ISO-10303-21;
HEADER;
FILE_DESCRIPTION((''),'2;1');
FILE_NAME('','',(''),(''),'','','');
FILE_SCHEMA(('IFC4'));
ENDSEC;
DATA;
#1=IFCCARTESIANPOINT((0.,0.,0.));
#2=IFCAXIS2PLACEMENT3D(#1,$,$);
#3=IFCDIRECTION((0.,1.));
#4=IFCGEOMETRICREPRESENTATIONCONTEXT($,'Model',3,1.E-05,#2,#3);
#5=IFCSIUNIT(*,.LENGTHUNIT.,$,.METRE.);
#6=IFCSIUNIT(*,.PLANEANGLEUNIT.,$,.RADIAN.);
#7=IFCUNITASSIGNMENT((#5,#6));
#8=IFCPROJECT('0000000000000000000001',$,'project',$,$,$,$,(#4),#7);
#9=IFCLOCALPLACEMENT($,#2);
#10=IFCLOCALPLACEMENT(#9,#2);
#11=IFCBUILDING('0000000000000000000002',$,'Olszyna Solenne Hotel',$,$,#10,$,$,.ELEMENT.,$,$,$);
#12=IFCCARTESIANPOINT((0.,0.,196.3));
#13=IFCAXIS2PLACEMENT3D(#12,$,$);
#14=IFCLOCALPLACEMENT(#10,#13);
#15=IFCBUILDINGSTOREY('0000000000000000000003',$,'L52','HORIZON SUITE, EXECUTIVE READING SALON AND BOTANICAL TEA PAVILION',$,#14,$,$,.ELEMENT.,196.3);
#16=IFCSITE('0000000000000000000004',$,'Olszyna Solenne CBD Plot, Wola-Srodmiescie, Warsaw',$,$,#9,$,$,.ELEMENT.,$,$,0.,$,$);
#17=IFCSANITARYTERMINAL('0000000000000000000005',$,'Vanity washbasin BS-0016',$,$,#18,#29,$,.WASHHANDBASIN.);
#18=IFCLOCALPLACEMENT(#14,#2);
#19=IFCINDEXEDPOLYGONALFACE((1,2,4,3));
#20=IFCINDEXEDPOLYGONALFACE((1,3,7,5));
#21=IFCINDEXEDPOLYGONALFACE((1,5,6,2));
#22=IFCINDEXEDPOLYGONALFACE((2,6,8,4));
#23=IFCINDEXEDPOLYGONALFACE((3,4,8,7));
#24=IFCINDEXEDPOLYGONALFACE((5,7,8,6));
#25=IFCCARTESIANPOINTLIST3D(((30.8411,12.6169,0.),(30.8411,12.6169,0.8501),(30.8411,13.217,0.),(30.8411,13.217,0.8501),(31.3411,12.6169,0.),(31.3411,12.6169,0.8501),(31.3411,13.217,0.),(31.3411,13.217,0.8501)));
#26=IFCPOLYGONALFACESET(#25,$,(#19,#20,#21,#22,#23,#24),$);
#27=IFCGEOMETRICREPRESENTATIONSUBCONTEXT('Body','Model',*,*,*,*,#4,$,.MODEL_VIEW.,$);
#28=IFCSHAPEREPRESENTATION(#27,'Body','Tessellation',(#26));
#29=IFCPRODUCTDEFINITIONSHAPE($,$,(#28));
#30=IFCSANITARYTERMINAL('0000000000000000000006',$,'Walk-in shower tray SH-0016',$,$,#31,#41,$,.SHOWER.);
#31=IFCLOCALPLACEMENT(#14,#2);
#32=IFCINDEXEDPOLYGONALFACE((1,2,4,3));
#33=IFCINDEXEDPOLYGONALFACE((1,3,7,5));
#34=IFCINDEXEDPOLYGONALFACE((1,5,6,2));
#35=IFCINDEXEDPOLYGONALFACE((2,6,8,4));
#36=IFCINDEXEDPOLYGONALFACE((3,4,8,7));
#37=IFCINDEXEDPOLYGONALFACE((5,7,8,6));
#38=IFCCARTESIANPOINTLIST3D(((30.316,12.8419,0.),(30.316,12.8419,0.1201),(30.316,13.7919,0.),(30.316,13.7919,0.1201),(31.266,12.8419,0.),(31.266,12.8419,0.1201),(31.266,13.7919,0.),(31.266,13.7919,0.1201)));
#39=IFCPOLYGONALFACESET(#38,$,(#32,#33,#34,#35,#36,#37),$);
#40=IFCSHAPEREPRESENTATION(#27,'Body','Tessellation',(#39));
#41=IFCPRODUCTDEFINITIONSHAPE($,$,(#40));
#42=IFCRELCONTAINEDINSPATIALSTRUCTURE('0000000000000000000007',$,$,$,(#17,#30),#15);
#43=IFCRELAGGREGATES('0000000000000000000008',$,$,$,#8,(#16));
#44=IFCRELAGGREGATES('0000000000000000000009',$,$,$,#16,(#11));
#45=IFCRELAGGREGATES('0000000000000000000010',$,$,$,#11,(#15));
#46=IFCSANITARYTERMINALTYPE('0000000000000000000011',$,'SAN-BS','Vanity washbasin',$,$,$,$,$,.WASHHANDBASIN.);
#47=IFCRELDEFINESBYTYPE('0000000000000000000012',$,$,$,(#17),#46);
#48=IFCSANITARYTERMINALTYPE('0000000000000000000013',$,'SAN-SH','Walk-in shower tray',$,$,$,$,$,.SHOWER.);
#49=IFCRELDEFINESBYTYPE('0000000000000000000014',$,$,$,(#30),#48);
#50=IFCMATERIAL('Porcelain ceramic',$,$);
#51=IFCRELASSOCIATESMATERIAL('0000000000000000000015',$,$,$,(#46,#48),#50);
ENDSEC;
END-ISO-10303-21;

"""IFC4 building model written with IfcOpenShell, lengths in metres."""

from ifc_helpers import new_model, si_unit, direction, frame, origin, origin_2d, place, context, subcontext, project, spatial, rectangle, extrude, source, transform, mapped, material, type_object, element, save


model = new_model("IFC4")

# Units and contexts
model_context = context("Model", 3, precision=1e-05, world=origin(), true_north=direction((0.0, 1.0)))
body_context = subcontext(model_context, "Body", "Model", "MODEL_VIEW")
ifc_project = project(units=[si_unit("LENGTHUNIT", "METRE"), si_unit("PLANEANGLEUNIT", "RADIAN")], contexts=[model_context])

# Site, building, storey
site_placement = place(None, origin())
site = spatial("IfcSite", under=ifc_project, at=site_placement, Name="Olszyna Solenne CBD Plot, Wola-Srodmiescie, Warsaw", CompositionType="ELEMENT", RefElevation=0.0)
building_placement = place(site_placement, origin())
building = spatial("IfcBuilding", under=site, at=building_placement, Name="Olszyna Solenne Hotel", CompositionType="ELEMENT")
storey_placement = place(building_placement, frame((0.0, 0.0, 196.3)))
storey = spatial("IfcBuildingStorey", under=building, at=storey_placement, Name="L52", Description="HORIZON SUITE, EXECUTIVE READING SALON AND BOTANICAL TEA PAVILION", CompositionType="ELEMENT", Elevation=196.3)

# Sanitary terminals
ifc_material_1 = material(Name="Porcelain ceramic")
sanitary_terminal_type_1 = type_object("IfcSanitaryTerminalType", Name="SAN-BS", Description="Vanity washbasin", PredefinedType="WASHHANDBASIN", material=ifc_material_1)
shared_shape_1 = source(origin(), body_context, "Body", "SweptSolid", [
    extrude(rectangle(XDim=0.5, YDim=0.6001, at=origin_2d()), origin(), (0.0, 0.0, 1.0), 0.8501),
])
sanitary_terminal_1_placement = place(storey_placement, frame((31.0911, 12.917, 0.0), z_axis=(0.0, 0.0, 1.0), x_axis=(1.0, 0.0, 0.0)))
element("IfcSanitaryTerminal", 1, at=sanitary_terminal_1_placement, inside=storey, type_object=sanitary_terminal_type_1, Name="Vanity washbasin BS-0016", PredefinedType="WASHHANDBASIN", context=body_context, shape_type="MappedRepresentation", body=[
    mapped(shared_shape_1, transform((0.0, 0.0, 0.0), x_axis=(1.0, 0.0, 0.0), y_axis=(0.0, 1.0, 0.0), z_axis=(0.0, 0.0, 1.0), scale=1.0)),
])
sanitary_terminal_type_2 = type_object("IfcSanitaryTerminalType", Name="SAN-SH", Description="Walk-in shower tray", PredefinedType="SHOWER", material=ifc_material_1)
shared_shape_2 = source(origin(), body_context, "Body", "SweptSolid", [
    extrude(rectangle(XDim=0.95, YDim=0.95, at=origin_2d()), origin(), (0.0, 0.0, 1.0), 0.1201),
])
sanitary_terminal_2_placement = place(storey_placement, frame((30.791, 13.3169, 0.0), z_axis=(0.0, 0.0, 1.0), x_axis=(1.0, 0.0, 0.0)))
element("IfcSanitaryTerminal", 2, at=sanitary_terminal_2_placement, inside=storey, type_object=sanitary_terminal_type_2, Name="Walk-in shower tray SH-0016", PredefinedType="SHOWER", context=body_context, shape_type="MappedRepresentation", body=[
    mapped(shared_shape_2, transform((0.0, 0.0, 0.0), x_axis=(1.0, 0.0, 0.0), y_axis=(0.0, 1.0, 0.0), z_axis=(0.0, 0.0, 1.0), scale=1.0)),
])

save(model, "model.ifc")
